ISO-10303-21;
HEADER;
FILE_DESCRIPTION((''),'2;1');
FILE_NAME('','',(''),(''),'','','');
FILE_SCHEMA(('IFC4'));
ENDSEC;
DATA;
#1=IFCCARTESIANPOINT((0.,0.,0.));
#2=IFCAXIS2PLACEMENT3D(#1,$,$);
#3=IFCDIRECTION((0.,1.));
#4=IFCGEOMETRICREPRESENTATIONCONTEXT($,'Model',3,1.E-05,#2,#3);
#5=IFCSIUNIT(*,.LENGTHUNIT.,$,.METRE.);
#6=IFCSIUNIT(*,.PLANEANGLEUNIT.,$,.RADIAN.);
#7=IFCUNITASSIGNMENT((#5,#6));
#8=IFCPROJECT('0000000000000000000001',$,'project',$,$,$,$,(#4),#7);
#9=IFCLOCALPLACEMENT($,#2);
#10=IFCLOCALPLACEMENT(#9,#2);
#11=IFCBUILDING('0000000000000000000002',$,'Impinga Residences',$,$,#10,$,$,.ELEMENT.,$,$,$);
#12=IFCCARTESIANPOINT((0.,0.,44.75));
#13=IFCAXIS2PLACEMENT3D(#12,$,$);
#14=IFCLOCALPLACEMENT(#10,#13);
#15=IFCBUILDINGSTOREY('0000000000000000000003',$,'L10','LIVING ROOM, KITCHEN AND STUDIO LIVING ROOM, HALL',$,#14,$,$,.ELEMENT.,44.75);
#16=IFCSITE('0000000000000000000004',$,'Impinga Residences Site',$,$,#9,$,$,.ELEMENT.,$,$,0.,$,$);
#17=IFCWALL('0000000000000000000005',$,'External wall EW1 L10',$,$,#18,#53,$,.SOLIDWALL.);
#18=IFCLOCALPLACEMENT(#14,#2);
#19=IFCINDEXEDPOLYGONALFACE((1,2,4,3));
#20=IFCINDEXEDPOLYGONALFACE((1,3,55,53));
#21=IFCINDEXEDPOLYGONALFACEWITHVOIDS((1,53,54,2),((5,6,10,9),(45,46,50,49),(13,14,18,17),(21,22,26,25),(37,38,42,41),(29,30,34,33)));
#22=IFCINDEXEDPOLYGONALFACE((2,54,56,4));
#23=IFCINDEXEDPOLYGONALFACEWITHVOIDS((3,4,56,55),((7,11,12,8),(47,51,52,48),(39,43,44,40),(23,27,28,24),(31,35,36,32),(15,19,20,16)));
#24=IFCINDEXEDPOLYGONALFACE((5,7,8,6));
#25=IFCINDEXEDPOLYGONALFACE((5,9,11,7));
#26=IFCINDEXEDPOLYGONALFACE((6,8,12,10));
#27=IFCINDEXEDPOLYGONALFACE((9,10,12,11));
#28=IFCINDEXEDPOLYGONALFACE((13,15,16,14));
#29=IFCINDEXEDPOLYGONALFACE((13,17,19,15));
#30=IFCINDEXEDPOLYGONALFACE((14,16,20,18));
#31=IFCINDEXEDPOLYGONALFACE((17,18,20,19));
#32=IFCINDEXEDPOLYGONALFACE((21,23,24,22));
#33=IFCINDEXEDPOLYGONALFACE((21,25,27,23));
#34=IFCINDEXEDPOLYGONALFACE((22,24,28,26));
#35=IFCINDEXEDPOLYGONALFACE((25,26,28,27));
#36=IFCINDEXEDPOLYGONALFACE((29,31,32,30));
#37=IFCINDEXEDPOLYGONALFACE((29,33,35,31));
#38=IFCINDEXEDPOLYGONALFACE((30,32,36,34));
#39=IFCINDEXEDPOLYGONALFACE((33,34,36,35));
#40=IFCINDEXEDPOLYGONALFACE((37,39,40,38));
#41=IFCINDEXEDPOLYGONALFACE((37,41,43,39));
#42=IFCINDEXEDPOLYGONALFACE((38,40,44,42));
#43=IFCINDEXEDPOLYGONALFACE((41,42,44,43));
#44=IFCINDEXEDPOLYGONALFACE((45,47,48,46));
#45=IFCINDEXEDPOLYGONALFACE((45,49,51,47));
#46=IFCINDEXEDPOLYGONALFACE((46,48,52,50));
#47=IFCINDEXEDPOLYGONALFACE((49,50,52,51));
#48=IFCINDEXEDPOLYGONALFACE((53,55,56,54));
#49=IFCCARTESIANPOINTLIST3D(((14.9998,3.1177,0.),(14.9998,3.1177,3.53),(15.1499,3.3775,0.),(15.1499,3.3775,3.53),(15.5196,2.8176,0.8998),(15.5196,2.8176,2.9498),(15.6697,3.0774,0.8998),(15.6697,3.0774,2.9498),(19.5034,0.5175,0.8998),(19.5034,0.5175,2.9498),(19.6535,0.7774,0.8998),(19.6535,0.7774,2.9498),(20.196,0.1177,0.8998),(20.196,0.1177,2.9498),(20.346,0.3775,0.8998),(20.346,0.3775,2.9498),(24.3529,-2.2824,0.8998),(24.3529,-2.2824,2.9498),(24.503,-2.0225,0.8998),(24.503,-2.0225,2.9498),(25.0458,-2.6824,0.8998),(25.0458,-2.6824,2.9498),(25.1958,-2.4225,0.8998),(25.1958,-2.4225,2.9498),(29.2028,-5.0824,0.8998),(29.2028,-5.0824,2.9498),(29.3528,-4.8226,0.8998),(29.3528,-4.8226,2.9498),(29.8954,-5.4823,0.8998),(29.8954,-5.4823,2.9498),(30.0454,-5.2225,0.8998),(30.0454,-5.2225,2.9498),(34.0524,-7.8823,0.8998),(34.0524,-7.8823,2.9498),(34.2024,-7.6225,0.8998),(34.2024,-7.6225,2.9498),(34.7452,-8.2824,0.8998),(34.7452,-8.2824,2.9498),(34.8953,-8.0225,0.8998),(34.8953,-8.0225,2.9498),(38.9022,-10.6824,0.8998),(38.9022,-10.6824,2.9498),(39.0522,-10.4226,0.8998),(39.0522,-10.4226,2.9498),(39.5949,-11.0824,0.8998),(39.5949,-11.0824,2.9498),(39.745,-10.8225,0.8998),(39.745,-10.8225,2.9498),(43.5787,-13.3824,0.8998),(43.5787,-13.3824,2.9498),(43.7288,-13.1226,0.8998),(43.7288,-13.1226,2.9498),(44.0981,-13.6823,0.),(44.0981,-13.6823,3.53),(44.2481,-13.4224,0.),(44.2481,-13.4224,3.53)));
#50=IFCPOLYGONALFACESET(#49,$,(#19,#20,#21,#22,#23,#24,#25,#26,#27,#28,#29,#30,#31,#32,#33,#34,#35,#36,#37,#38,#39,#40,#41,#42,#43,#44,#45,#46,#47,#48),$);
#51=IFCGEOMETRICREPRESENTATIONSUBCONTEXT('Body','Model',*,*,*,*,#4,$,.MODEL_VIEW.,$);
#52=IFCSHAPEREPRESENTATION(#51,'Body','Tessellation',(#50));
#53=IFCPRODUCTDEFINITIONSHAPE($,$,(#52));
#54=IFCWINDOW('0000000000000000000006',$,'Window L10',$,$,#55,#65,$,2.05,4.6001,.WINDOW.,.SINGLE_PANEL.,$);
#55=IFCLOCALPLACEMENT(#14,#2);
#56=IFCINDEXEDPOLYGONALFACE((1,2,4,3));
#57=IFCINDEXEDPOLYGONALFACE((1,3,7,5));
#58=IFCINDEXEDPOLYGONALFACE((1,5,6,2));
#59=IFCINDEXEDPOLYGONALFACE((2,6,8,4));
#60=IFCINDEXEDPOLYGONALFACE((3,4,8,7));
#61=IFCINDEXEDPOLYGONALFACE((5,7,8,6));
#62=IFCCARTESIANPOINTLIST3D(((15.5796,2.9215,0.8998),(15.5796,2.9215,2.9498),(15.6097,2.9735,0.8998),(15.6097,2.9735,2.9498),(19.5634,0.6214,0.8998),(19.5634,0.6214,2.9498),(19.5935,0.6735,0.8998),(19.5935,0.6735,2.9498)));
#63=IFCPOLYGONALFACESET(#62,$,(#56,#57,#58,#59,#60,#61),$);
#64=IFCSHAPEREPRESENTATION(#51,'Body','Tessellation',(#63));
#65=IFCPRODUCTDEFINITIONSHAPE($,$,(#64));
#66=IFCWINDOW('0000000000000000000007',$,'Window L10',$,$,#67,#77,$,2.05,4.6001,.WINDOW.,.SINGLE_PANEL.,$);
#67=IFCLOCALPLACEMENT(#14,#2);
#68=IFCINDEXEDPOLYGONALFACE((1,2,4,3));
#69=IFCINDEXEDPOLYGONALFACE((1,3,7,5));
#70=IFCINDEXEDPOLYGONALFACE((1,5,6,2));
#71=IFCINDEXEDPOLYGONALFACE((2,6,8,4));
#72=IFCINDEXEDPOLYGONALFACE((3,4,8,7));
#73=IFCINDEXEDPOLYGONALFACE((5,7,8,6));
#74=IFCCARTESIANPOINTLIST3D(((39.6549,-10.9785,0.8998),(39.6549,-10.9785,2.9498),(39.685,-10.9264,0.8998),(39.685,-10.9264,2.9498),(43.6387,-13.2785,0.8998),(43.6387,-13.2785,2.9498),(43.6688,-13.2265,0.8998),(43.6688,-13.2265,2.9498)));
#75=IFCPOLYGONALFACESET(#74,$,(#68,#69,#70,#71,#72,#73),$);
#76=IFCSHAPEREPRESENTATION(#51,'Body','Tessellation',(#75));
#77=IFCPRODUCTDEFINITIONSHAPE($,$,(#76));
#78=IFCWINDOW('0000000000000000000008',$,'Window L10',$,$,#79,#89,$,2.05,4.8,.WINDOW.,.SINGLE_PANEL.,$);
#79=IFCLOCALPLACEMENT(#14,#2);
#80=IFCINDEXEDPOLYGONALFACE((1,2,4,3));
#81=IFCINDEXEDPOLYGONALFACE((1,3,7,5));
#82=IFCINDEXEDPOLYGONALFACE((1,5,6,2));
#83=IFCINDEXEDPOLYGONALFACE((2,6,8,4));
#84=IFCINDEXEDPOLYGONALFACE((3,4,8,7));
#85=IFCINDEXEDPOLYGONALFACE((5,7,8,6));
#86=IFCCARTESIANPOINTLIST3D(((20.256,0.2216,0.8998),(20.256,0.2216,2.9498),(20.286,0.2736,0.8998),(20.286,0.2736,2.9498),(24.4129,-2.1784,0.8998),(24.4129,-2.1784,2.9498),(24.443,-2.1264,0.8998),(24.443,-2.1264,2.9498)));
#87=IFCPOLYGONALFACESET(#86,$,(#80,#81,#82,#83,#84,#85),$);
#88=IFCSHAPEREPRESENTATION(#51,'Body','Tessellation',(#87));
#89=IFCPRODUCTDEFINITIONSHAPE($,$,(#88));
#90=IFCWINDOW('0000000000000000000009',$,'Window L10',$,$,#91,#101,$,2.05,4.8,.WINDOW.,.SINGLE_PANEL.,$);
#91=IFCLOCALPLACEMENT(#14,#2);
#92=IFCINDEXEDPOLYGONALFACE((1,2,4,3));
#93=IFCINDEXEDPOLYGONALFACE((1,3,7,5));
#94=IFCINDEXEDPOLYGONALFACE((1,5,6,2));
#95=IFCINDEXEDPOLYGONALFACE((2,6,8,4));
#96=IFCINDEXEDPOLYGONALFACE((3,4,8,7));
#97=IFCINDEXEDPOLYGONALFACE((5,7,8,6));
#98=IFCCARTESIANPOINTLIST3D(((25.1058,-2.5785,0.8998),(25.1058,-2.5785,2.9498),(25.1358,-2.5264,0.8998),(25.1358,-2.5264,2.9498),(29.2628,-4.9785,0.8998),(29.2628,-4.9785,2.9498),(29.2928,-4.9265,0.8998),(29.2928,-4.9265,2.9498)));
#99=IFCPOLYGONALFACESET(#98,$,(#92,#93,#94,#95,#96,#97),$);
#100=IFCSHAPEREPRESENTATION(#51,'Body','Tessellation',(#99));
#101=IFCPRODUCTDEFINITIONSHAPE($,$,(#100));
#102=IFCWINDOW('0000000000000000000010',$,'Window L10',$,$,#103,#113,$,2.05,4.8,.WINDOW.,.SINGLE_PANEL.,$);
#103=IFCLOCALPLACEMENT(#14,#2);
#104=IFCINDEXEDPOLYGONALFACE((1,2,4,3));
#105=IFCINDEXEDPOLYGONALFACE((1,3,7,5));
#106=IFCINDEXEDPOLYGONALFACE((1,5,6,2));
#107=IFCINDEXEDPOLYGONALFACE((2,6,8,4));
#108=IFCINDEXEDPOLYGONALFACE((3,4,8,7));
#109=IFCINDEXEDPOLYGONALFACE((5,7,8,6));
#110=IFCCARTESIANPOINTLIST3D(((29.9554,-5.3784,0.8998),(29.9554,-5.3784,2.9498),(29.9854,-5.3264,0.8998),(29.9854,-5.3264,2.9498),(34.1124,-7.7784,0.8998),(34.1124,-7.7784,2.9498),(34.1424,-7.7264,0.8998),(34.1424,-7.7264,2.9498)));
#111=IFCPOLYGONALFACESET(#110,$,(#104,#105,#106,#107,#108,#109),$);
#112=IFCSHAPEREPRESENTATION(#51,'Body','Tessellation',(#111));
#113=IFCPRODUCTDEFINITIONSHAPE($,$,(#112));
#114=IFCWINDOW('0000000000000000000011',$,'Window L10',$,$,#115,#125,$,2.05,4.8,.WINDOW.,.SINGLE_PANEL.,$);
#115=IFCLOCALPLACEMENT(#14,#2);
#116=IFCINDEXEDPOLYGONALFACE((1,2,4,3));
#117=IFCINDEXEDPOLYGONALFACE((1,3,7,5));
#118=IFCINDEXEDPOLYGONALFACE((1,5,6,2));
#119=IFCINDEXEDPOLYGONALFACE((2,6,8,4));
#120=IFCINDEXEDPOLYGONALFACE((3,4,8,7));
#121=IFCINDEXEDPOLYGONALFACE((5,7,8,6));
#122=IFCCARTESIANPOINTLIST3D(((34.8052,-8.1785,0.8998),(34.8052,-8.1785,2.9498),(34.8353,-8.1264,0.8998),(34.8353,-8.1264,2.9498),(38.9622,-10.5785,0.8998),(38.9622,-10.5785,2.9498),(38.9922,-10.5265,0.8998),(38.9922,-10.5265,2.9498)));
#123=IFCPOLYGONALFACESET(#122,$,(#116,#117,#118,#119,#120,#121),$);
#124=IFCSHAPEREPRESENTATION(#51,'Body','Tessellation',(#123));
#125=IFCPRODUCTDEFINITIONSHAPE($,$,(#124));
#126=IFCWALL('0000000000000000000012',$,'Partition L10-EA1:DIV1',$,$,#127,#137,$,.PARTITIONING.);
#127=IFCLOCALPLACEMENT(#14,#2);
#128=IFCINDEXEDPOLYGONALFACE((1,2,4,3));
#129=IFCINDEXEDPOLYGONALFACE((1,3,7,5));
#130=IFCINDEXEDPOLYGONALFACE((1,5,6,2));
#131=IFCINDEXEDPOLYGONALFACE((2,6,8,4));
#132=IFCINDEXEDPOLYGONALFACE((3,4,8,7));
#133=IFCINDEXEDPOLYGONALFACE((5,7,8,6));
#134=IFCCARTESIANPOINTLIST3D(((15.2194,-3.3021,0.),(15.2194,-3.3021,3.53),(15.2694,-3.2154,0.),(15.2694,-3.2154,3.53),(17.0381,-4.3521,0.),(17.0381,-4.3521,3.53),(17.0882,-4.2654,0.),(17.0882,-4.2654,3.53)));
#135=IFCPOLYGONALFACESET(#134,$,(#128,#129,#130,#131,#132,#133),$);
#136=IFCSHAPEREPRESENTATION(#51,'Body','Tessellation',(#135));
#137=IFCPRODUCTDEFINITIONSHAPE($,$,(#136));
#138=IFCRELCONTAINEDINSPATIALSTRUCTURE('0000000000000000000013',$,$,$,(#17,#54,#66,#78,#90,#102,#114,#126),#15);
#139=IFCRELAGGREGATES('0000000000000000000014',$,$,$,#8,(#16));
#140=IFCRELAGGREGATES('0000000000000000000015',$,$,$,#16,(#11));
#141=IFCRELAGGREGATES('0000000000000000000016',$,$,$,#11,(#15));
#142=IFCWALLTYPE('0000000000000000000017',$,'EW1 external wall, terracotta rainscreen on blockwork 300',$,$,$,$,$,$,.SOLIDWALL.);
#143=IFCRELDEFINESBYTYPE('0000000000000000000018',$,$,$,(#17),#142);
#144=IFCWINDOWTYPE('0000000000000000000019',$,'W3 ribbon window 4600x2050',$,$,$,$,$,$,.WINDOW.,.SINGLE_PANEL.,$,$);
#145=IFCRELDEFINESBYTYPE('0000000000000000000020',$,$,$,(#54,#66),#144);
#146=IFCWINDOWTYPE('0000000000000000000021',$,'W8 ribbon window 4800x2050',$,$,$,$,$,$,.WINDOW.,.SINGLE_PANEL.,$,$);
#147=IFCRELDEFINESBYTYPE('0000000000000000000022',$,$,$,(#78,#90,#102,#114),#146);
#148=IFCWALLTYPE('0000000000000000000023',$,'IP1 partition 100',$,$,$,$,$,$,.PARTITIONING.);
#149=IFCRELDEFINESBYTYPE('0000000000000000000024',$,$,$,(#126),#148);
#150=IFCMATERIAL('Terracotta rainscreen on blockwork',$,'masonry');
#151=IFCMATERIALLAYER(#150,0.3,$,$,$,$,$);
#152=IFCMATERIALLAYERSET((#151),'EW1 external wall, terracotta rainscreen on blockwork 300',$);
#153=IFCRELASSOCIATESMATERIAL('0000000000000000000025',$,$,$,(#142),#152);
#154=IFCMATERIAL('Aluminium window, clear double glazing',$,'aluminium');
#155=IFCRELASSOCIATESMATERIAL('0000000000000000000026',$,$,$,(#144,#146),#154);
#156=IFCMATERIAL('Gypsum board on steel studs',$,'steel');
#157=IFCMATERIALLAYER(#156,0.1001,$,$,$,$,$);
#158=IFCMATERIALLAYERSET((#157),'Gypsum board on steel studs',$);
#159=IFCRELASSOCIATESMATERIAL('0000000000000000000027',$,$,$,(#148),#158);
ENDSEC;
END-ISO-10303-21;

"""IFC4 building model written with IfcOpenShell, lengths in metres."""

from ifc_helpers import new_model, si_unit, direction, frame, frame_2d, origin, place, context, subcontext, project, spatial, rectangle, extrude, material, layer, layer_set, type_object, element, fill, save


model = new_model("IFC4")

# Units and contexts
model_context = context("Model", 3, precision=1e-05, world=origin(), true_north=direction((0.0, 1.0)))
body_context = subcontext(model_context, "Body", "Model", "MODEL_VIEW")
ifc_project = project(units=[si_unit("LENGTHUNIT", "METRE"), si_unit("PLANEANGLEUNIT", "RADIAN")], contexts=[model_context])

# Site, building, storey
site_placement = place(None, origin())
site = spatial("IfcSite", under=ifc_project, at=site_placement, Name="Impinga Residences Site", CompositionType="ELEMENT", RefElevation=0.0)
building_placement = place(site_placement, origin())
building = spatial("IfcBuilding", under=site, at=building_placement, Name="Impinga Residences", CompositionType="ELEMENT")
storey_placement = place(building_placement, frame((0.0, 0.0, 44.75)))
storey = spatial("IfcBuildingStorey", under=building, at=storey_placement, Name="L10", Description="LIVING ROOM, KITCHEN AND STUDIO LIVING ROOM, HALL", CompositionType="ELEMENT", Elevation=44.75)

# Wall, openings, windows
ifc_material_1 = material(Name="Terracotta rainscreen on blockwork", Category="masonry")
ifc_layer_1 = layer(ifc_material_1, 0.3)
ifc_layer_set_1 = layer_set([ifc_layer_1], Name="EW1 external wall, terracotta rainscreen on blockwork 300")
wall_type_1 = type_object("IfcWallType", Name="EW1 external wall, terracotta rainscreen on blockwork 300", PredefinedType="SOLIDWALL", material=ifc_layer_set_1)
wall_1_placement = place(storey_placement, frame((15.075, 3.2476, 0.0), z_axis=(0.0, 0.0, 1.0), x_axis=(0.866024, -0.500002, 0.0)))
wall_1 = element("IfcWall", 1, at=wall_1_placement, inside=storey, type_object=wall_type_1, Name="External wall EW1 L10", PredefinedType="SOLIDWALL", context=body_context, shape_type="SweptSolid", body=[
    extrude(rectangle(XDim=33.5999, YDim=0.3, at=frame_2d((16.7998, 0.0))), origin(), (0.0, 0.0, 1.0), 3.53),
])
opening_1_placement = place(wall_1_placement, frame((0.6001, 0.0, 0.8999)))
opening_1 = element("IfcOpeningElement", 2, at=opening_1_placement, cuts=wall_1, PredefinedType="OPENING", context=body_context, shape_type="SweptSolid", body=[
    extrude(rectangle(XDim=4.6001, YDim=2.05, at=frame_2d((2.3, 1.0249))), frame((0.0, 0.1599, 0.0), z_axis=(0.0, -1.0, 0.0), x_axis=(1.0, 0.0, 0.0)), (0.0, 0.0, 1.0), 0.3201),
])
opening_2_placement = place(wall_1_placement, frame((6.0, 0.0, 0.8999)))
opening_2 = element("IfcOpeningElement", 3, at=opening_2_placement, cuts=wall_1, PredefinedType="OPENING", context=body_context, shape_type="SweptSolid", body=[
    extrude(rectangle(XDim=4.8, YDim=2.05, at=frame_2d((2.3999, 1.0249))), frame((0.0, 0.1599, 0.0), z_axis=(0.0, -1.0, 0.0), x_axis=(1.0, 0.0, 0.0)), (0.0, 0.0, 1.0), 0.3201),
])
opening_3_placement = place(wall_1_placement, frame((11.6001, 0.0, 0.8999)))
opening_3 = element("IfcOpeningElement", 4, at=opening_3_placement, cuts=wall_1, PredefinedType="OPENING", context=body_context, shape_type="SweptSolid", body=[
    extrude(rectangle(XDim=4.8, YDim=2.05, at=frame_2d((2.3999, 1.0249))), frame((0.0, 0.1599, 0.0), z_axis=(0.0, -1.0, 0.0), x_axis=(1.0, 0.0, 0.0)), (0.0, 0.0, 1.0), 0.3201),
])
opening_4_placement = place(wall_1_placement, frame((17.2, 0.0, 0.8999)))
opening_4 = element("IfcOpeningElement", 5, at=opening_4_placement, cuts=wall_1, PredefinedType="OPENING", context=body_context, shape_type="SweptSolid", body=[
    extrude(rectangle(XDim=4.8, YDim=2.05, at=frame_2d((2.3999, 1.0249))), frame((0.0, 0.1599, 0.0), z_axis=(0.0, -1.0, 0.0), x_axis=(1.0, 0.0, 0.0)), (0.0, 0.0, 1.0), 0.3201),
])
opening_5_placement = place(wall_1_placement, frame((22.8, 0.0, 0.8999)))
opening_5 = element("IfcOpeningElement", 6, at=opening_5_placement, cuts=wall_1, PredefinedType="OPENING", context=body_context, shape_type="SweptSolid", body=[
    extrude(rectangle(XDim=4.8, YDim=2.05, at=frame_2d((2.3999, 1.0249))), frame((0.0, 0.1599, 0.0), z_axis=(0.0, -1.0, 0.0), x_axis=(1.0, 0.0, 0.0)), (0.0, 0.0, 1.0), 0.3201),
])
opening_6_placement = place(wall_1_placement, frame((28.3999, 0.0, 0.8999)))
opening_6 = element("IfcOpeningElement", 7, at=opening_6_placement, cuts=wall_1, PredefinedType="OPENING", context=body_context, shape_type="SweptSolid", body=[
    extrude(rectangle(XDim=4.6001, YDim=2.05, at=frame_2d((2.3, 1.0249))), frame((0.0, 0.1599, 0.0), z_axis=(0.0, -1.0, 0.0), x_axis=(1.0, 0.0, 0.0)), (0.0, 0.0, 1.0), 0.3201),
])
ifc_material_2 = material(Name="Aluminium window, clear double glazing", Category="aluminium")
window_type_1 = type_object("IfcWindowType", Name="W3 ribbon window 4600x2050", PartitioningType="SINGLE_PANEL", PredefinedType="WINDOW", material=ifc_material_2)
window_1_placement = place(opening_1_placement, origin())
window_1 = element("IfcWindow", 8, at=window_1_placement, inside=storey, type_object=window_type_1, Name="Window L10", OverallHeight=2.05, OverallWidth=4.6001, PartitioningType="SINGLE_PANEL", PredefinedType="WINDOW", context=body_context, shape_type="SweptSolid", body=[
    extrude(rectangle(XDim=4.6001, YDim=2.05, at=frame_2d((2.3, 1.0249))), frame((0.0, 0.03, 0.0), z_axis=(0.0, -1.0, 0.0), x_axis=(1.0, 0.0, 0.0)), (0.0, 0.0, 1.0), 0.0601),
])
fill(opening_1, window_1)
window_2_placement = place(opening_6_placement, origin())
window_2 = element("IfcWindow", 9, at=window_2_placement, inside=storey, type_object=window_type_1, Name="Window L10", OverallHeight=2.05, OverallWidth=4.6001, PartitioningType="SINGLE_PANEL", PredefinedType="WINDOW", context=body_context, shape_type="SweptSolid", body=[
    extrude(rectangle(XDim=4.6001, YDim=2.05, at=frame_2d((2.3, 1.0249))), frame((0.0, 0.03, 0.0), z_axis=(0.0, -1.0, 0.0), x_axis=(1.0, 0.0, 0.0)), (0.0, 0.0, 1.0), 0.0601),
])
fill(opening_6, window_2)
window_type_2 = type_object("IfcWindowType", Name="W8 ribbon window 4800x2050", PartitioningType="SINGLE_PANEL", PredefinedType="WINDOW", material=ifc_material_2)
window_3_placement = place(opening_2_placement, origin())
window_3 = element("IfcWindow", 10, at=window_3_placement, inside=storey, type_object=window_type_2, Name="Window L10", OverallHeight=2.05, OverallWidth=4.8, PartitioningType="SINGLE_PANEL", PredefinedType="WINDOW", context=body_context, shape_type="SweptSolid", body=[
    extrude(rectangle(XDim=4.8, YDim=2.05, at=frame_2d((2.3999, 1.0249))), frame((0.0, 0.03, 0.0), z_axis=(0.0, -1.0, 0.0), x_axis=(1.0, 0.0, 0.0)), (0.0, 0.0, 1.0), 0.0601),
])
fill(opening_2, window_3)
window_4_placement = place(opening_3_placement, origin())
window_4 = element("IfcWindow", 11, at=window_4_placement, inside=storey, type_object=window_type_2, Name="Window L10", OverallHeight=2.05, OverallWidth=4.8, PartitioningType="SINGLE_PANEL", PredefinedType="WINDOW", context=body_context, shape_type="SweptSolid", body=[
    extrude(rectangle(XDim=4.8, YDim=2.05, at=frame_2d((2.3999, 1.0249))), frame((0.0, 0.03, 0.0), z_axis=(0.0, -1.0, 0.0), x_axis=(1.0, 0.0, 0.0)), (0.0, 0.0, 1.0), 0.0601),
])
fill(opening_3, window_4)
window_5_placement = place(opening_4_placement, origin())
window_5 = element("IfcWindow", 12, at=window_5_placement, inside=storey, type_object=window_type_2, Name="Window L10", OverallHeight=2.05, OverallWidth=4.8, PartitioningType="SINGLE_PANEL", PredefinedType="WINDOW", context=body_context, shape_type="SweptSolid", body=[
    extrude(rectangle(XDim=4.8, YDim=2.05, at=frame_2d((2.3999, 1.0249))), frame((0.0, 0.03, 0.0), z_axis=(0.0, -1.0, 0.0), x_axis=(1.0, 0.0, 0.0)), (0.0, 0.0, 1.0), 0.0601),
])
fill(opening_4, window_5)
window_6_placement = place(opening_5_placement, origin())
window_6 = element("IfcWindow", 13, at=window_6_placement, inside=storey, type_object=window_type_2, Name="Window L10", OverallHeight=2.05, OverallWidth=4.8, PartitioningType="SINGLE_PANEL", PredefinedType="WINDOW", context=body_context, shape_type="SweptSolid", body=[
    extrude(rectangle(XDim=4.8, YDim=2.05, at=frame_2d((2.3999, 1.0249))), frame((0.0, 0.03, 0.0), z_axis=(0.0, -1.0, 0.0), x_axis=(1.0, 0.0, 0.0)), (0.0, 0.0, 1.0), 0.0601),
])
fill(opening_5, window_6)

# Wall
ifc_material_3 = material(Name="Gypsum board on steel studs", Category="steel")
ifc_layer_2 = layer(ifc_material_3, 0.1001)
ifc_layer_set_2 = layer_set([ifc_layer_2], Name="Gypsum board on steel studs")
wall_type_2 = type_object("IfcWallType", Name="IP1 partition 100", PredefinedType="PARTITIONING", material=ifc_layer_set_2)
wall_2_placement = place(storey_placement, frame((15.2444, -3.2588, 0.0), z_axis=(0.0, 0.0, 1.0), x_axis=(0.866038, -0.499977, 0.0)))
element("IfcWall", 14, at=wall_2_placement, inside=storey, type_object=wall_type_2, Name="Partition L10-EA1:DIV1", PredefinedType="PARTITIONING", context=body_context, shape_type="SweptSolid", body=[
    extrude(rectangle(XDim=2.1001, YDim=0.1001, at=frame_2d((1.05, 0.0))), origin(), (0.0, 0.0, 1.0), 3.53),
])

save(model, "model.ifc")
